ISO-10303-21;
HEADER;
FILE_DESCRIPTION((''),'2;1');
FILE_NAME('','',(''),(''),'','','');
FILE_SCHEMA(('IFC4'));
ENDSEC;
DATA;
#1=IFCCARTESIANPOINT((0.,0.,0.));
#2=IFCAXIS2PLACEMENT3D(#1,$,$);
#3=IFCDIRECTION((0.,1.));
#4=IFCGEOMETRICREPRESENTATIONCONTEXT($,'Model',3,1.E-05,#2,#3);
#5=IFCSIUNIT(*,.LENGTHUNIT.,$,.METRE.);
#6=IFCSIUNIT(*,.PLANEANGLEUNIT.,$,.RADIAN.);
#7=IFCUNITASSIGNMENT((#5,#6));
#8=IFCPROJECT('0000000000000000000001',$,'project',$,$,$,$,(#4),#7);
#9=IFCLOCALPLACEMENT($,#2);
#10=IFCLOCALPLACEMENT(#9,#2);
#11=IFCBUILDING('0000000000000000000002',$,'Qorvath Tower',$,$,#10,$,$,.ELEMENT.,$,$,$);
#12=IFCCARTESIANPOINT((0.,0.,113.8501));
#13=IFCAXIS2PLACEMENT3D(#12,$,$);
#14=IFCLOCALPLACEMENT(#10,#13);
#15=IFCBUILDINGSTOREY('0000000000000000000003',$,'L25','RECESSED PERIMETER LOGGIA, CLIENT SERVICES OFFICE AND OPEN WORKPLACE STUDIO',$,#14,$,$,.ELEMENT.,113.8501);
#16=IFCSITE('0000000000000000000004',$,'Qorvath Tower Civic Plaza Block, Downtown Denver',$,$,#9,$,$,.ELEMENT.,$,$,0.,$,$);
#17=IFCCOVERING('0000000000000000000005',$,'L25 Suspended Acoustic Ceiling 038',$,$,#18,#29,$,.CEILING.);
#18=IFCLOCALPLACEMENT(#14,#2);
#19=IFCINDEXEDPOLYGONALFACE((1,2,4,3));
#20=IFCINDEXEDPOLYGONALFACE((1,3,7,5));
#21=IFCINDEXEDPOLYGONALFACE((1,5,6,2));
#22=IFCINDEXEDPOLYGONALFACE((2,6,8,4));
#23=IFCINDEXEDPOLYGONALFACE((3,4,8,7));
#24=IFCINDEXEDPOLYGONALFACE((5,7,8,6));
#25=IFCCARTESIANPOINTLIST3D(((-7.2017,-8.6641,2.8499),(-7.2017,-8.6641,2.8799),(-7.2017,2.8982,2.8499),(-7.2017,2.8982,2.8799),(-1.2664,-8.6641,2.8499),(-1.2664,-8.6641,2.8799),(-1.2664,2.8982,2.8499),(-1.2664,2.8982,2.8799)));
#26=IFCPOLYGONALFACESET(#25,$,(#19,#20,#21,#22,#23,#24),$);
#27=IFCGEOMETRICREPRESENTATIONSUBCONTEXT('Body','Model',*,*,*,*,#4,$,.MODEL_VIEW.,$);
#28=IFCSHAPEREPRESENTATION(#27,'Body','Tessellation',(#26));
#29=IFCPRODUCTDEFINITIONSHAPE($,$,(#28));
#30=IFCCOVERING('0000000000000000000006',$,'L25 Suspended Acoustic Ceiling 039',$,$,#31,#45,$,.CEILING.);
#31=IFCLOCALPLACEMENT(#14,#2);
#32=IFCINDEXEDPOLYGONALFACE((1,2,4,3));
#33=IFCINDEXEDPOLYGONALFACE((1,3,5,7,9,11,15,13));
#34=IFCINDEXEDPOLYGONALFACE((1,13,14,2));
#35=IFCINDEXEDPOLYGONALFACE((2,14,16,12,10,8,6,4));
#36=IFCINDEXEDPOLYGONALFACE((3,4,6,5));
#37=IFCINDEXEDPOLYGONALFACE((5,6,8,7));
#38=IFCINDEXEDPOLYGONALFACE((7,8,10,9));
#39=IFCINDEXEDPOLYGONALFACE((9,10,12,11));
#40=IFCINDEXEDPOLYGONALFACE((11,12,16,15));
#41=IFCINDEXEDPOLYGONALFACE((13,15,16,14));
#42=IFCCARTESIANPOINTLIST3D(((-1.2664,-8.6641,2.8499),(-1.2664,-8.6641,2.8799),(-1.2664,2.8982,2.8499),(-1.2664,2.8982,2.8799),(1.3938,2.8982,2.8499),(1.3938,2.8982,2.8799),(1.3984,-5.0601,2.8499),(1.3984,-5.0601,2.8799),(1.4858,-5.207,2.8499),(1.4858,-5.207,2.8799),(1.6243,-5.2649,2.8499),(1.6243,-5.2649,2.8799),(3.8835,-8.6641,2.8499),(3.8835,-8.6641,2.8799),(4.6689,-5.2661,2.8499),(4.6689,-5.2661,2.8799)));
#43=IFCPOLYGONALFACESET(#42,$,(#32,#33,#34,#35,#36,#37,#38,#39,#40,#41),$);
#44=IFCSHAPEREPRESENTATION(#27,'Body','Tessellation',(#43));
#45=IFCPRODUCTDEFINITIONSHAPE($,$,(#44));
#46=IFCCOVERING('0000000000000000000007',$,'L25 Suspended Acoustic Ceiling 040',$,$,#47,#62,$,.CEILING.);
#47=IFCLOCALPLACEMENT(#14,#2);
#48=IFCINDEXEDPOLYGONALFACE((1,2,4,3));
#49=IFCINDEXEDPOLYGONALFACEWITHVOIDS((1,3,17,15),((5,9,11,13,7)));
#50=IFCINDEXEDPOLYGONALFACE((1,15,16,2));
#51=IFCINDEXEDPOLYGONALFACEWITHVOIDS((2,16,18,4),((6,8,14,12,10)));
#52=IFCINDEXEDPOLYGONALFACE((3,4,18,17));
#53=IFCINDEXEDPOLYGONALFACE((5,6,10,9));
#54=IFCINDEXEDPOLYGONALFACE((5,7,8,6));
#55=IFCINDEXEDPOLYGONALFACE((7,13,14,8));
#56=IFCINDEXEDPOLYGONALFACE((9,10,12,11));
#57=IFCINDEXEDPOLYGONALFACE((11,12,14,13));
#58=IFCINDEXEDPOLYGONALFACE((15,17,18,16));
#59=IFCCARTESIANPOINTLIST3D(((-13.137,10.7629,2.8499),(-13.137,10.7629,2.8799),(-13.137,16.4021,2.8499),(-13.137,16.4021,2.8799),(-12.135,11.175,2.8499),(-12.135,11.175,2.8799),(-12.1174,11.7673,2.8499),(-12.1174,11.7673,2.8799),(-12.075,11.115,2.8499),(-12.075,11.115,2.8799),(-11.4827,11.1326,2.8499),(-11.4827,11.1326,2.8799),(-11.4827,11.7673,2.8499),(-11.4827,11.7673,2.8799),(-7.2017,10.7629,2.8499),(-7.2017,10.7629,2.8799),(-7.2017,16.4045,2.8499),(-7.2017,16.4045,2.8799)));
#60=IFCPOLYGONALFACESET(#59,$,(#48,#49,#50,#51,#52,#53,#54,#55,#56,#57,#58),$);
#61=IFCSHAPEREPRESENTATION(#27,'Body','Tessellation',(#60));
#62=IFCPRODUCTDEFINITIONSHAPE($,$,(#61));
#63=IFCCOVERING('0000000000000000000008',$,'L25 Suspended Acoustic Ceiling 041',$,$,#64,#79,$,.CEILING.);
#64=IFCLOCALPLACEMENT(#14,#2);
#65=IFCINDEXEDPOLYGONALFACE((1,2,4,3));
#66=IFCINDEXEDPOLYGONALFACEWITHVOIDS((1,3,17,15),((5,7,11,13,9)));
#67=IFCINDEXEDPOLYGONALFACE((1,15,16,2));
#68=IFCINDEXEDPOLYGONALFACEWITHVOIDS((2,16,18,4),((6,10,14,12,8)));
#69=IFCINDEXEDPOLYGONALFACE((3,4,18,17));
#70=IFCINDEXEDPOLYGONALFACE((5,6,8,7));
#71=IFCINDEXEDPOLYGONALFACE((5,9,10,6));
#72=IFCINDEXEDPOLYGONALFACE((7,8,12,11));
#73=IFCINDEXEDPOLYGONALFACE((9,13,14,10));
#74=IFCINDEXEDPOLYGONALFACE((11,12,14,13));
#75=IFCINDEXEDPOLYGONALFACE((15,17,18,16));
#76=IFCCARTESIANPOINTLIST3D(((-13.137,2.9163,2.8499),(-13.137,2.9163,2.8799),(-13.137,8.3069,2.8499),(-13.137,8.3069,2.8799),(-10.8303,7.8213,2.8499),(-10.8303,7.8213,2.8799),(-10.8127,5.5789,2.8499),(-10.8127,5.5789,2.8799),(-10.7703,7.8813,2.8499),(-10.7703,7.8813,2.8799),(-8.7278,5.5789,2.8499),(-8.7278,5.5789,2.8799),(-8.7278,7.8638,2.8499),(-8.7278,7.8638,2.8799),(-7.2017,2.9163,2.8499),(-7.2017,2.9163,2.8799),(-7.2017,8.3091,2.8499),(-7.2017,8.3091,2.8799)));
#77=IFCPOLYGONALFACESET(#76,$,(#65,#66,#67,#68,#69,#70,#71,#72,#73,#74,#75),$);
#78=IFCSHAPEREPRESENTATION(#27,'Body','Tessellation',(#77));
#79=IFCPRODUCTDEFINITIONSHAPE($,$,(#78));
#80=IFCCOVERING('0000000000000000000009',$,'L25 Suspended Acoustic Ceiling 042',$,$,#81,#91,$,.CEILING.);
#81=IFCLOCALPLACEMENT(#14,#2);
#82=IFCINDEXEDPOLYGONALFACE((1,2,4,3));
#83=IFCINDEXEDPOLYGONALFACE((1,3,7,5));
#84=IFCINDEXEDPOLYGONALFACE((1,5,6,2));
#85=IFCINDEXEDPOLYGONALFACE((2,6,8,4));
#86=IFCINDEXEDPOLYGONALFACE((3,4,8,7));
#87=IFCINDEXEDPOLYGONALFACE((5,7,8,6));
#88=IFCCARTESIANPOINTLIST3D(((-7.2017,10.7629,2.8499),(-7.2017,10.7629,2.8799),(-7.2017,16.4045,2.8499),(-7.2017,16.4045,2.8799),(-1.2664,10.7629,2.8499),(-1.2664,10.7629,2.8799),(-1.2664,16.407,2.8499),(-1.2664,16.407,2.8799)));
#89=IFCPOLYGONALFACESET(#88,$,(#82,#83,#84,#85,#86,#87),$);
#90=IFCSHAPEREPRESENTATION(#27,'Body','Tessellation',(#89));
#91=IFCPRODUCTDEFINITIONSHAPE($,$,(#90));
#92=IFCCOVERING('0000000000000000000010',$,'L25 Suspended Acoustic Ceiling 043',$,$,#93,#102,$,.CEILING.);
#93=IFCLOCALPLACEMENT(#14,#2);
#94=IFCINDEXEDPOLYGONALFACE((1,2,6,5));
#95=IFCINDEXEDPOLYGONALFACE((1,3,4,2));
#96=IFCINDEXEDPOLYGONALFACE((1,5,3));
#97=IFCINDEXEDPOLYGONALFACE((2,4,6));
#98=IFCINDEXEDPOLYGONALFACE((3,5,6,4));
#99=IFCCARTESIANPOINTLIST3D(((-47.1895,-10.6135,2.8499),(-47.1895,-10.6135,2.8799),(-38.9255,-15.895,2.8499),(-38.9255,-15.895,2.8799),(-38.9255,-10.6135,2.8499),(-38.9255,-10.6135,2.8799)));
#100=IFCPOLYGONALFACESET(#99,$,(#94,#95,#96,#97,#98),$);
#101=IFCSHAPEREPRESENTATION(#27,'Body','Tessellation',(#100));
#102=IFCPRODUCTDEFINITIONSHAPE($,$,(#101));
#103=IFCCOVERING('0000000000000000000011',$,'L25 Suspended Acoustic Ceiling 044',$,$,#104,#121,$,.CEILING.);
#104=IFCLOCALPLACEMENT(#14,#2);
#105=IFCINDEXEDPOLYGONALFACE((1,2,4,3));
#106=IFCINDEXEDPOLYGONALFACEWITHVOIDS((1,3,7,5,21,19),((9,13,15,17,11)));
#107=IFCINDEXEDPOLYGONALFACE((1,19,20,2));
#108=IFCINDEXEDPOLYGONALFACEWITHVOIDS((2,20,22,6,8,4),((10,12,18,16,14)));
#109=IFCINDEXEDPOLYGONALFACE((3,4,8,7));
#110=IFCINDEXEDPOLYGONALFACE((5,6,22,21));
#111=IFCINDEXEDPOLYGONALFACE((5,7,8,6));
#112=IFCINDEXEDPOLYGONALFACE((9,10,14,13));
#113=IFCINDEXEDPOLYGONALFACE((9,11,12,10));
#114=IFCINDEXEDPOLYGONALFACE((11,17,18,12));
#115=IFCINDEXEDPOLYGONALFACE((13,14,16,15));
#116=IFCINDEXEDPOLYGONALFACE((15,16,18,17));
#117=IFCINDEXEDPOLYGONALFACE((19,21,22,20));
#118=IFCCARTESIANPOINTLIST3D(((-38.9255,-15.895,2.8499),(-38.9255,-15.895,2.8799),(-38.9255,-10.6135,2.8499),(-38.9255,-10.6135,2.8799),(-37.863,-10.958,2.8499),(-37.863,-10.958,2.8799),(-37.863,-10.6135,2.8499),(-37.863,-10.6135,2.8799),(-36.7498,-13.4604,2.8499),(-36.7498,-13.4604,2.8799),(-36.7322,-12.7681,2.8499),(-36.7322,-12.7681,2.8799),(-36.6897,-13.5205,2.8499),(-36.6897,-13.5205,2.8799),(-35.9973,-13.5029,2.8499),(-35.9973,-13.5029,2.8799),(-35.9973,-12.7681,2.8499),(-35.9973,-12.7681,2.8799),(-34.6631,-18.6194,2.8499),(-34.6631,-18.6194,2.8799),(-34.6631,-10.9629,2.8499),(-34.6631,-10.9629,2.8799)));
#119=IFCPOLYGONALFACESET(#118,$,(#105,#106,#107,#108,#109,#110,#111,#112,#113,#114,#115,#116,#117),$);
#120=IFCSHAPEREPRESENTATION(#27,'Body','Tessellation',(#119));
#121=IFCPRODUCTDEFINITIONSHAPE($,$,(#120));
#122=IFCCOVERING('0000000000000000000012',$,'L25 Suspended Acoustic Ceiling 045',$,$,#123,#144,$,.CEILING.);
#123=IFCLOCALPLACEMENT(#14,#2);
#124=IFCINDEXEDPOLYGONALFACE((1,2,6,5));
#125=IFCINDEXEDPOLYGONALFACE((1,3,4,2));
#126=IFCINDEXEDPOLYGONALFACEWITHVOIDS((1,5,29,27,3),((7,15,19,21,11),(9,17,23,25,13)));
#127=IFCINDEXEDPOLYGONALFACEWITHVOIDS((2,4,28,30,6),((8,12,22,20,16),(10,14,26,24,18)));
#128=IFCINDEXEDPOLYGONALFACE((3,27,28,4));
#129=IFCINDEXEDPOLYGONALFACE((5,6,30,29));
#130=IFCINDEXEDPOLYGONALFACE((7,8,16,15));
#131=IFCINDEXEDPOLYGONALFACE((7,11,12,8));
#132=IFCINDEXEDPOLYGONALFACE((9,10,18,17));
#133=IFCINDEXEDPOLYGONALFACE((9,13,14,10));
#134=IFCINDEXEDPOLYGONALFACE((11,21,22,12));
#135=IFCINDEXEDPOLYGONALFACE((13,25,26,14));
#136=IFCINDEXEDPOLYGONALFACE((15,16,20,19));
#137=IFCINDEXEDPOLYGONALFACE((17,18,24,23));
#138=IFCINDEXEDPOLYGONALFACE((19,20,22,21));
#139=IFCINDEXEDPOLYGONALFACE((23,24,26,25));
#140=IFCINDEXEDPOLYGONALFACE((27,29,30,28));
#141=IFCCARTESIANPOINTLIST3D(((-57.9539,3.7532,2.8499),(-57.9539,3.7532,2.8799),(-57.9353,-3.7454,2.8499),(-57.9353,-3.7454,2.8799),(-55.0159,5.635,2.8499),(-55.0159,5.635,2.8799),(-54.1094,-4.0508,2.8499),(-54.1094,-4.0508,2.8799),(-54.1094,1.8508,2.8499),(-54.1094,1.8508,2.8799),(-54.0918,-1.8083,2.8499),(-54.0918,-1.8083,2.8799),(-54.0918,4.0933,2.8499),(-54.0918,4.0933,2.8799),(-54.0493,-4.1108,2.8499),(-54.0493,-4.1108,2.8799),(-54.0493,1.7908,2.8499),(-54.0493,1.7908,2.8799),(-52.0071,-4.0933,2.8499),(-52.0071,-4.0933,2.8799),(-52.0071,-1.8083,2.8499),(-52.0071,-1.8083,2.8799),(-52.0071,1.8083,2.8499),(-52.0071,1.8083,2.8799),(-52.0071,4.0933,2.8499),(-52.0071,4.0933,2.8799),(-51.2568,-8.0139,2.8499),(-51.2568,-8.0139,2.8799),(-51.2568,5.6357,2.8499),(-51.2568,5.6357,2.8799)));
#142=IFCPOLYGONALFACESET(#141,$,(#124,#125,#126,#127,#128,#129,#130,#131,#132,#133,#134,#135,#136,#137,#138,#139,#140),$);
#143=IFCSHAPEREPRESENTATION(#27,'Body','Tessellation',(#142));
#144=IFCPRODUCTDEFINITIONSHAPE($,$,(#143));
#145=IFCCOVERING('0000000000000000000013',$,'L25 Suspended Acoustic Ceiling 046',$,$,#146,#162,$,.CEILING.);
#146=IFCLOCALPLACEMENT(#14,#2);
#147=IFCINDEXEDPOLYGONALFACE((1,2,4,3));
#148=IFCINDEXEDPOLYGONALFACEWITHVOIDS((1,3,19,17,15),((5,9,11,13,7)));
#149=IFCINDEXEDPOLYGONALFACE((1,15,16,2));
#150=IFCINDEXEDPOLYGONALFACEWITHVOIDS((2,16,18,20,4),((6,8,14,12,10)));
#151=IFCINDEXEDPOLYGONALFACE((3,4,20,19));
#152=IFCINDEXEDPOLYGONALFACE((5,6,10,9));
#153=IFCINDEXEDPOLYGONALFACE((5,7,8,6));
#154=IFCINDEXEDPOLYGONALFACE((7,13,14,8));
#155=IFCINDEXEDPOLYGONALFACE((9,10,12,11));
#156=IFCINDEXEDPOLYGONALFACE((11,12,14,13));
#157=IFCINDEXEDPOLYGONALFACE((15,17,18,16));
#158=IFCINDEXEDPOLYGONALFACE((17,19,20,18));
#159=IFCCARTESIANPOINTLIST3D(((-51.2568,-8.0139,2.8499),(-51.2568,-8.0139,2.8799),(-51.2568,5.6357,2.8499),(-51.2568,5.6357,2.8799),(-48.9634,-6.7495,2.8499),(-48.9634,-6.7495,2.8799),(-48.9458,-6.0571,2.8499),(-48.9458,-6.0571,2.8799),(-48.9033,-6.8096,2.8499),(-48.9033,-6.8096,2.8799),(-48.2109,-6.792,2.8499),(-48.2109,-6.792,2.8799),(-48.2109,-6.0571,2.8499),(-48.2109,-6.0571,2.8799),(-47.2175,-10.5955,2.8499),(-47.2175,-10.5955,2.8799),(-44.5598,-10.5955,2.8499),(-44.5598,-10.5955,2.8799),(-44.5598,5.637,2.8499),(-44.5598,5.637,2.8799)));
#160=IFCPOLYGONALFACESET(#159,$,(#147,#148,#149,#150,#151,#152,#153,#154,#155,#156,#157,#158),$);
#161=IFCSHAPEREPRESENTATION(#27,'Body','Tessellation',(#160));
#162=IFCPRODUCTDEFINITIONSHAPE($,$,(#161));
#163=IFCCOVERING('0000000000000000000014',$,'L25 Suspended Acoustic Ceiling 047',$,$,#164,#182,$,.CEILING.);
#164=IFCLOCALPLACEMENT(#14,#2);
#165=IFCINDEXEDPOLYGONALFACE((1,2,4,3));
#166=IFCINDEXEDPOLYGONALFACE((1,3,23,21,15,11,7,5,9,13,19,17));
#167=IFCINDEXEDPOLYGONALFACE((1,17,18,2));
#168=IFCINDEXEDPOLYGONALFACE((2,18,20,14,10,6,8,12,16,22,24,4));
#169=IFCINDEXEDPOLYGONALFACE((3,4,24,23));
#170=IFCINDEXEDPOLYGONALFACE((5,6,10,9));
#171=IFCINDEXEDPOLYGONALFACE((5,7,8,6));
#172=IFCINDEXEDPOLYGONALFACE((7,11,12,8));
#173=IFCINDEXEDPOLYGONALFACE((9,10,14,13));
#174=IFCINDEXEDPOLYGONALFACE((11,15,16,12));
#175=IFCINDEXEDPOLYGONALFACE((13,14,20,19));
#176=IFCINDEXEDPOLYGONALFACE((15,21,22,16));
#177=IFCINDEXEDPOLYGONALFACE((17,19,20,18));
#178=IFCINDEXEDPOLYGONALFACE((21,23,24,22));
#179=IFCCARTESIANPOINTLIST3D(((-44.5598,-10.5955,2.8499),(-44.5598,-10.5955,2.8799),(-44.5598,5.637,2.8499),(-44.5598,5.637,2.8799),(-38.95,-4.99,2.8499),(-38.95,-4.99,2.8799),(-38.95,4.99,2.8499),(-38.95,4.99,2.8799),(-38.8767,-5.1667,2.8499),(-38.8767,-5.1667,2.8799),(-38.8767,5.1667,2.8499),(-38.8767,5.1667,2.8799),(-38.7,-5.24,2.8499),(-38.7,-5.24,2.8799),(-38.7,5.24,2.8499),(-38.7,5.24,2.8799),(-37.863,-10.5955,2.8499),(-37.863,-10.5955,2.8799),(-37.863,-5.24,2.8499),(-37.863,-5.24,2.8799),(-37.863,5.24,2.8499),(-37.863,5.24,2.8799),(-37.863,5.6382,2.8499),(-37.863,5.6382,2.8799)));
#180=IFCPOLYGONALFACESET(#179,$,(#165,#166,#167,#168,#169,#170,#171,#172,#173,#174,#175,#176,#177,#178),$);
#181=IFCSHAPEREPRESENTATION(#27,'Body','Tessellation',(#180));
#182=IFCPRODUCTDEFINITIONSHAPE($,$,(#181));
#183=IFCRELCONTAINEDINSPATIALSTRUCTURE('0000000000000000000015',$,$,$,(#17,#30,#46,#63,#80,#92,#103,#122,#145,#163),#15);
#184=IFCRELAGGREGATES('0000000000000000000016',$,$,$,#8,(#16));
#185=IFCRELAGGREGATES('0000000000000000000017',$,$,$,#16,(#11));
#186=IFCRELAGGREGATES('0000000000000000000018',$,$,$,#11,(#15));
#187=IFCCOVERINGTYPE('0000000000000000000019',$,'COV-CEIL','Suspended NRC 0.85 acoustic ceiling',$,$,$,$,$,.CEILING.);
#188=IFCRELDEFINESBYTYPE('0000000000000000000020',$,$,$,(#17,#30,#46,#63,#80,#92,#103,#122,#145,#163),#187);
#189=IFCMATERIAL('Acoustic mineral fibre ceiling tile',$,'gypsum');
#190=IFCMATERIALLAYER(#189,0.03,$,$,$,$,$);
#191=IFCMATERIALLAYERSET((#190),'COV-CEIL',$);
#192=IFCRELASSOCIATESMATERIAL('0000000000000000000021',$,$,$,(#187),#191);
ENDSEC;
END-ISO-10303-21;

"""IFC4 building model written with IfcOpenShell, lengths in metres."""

from ifc_helpers import new_model, si_unit, direction, frame, origin, place, context, subcontext, project, spatial, polyline, outline, extrude, material, layer, layer_set, type_object, element, save


model = new_model("IFC4")

# Units and contexts
model_context = context("Model", 3, precision=1e-05, world=origin(), true_north=direction((0.0, 1.0)))
body_context = subcontext(model_context, "Body", "Model", "MODEL_VIEW")
ifc_project = project(units=[si_unit("LENGTHUNIT", "METRE"), si_unit("PLANEANGLEUNIT", "RADIAN")], contexts=[model_context])

# Site, building, storey
site_placement = place(None, origin())
site = spatial("IfcSite", under=ifc_project, at=site_placement, Name="Qorvath Tower Civic Plaza Block, Downtown Denver", CompositionType="ELEMENT", RefElevation=0.0)
building_placement = place(site_placement, origin())
building = spatial("IfcBuilding", under=site, at=building_placement, Name="Qorvath Tower", CompositionType="ELEMENT")
storey_placement = place(building_placement, frame((0.0, 0.0, 113.8501)))
storey = spatial("IfcBuildingStorey", under=building, at=storey_placement, Name="L25", Description="RECESSED PERIMETER LOGGIA, CLIENT SERVICES OFFICE AND OPEN WORKPLACE STUDIO", CompositionType="ELEMENT", Elevation=113.8501)

# Coverings
ifc_material_1 = material(Name="Acoustic mineral fibre ceiling tile", Category="gypsum")
ifc_layer_1 = layer(ifc_material_1, 0.03)
ifc_layer_set_1 = layer_set([ifc_layer_1], Name="COV-CEIL")
covering_type_1 = type_object("IfcCoveringType", Name="COV-CEIL", Description="Suspended NRC 0.85 acoustic ceiling", PredefinedType="CEILING", material=ifc_layer_set_1)
covering_1_placement = place(storey_placement, frame((0.0, 0.0, 2.8499)))
element("IfcCovering", 1, at=covering_1_placement, inside=storey, type_object=covering_type_1, Name="L25 Suspended Acoustic Ceiling 038", PredefinedType="CEILING", context=body_context, shape_type="SweptSolid", body=[
    extrude(outline(polyline([(-1.2664, -8.6641), (-1.2664, 2.8982), (-7.2017, 2.8982), (-7.2017, -8.6641), (-1.2664, -8.6641)])), origin(), (0.0, 0.0, 1.0), 0.03),
])
covering_2_placement = place(storey_placement, frame((0.0, 0.0, 2.8499)))
element("IfcCovering", 2, at=covering_2_placement, inside=storey, type_object=covering_type_1, Name="L25 Suspended Acoustic Ceiling 039", PredefinedType="CEILING", context=body_context, shape_type="SweptSolid", body=[
    extrude(outline(polyline([(1.4858, -5.207), (1.3984, -5.0601), (1.3938, 2.8982), (-1.2664, 2.8982), (-1.2664, -8.6641), (3.8835, -8.6641), (4.6689, -5.2661), (1.6243, -5.2649), (1.4858, -5.207)])), origin(), (0.0, 0.0, 1.0), 0.03),
])
covering_3_placement = place(storey_placement, frame((0.0, 0.0, 2.8499)))
element("IfcCovering", 3, at=covering_3_placement, inside=storey, type_object=covering_type_1, Name="L25 Suspended Acoustic Ceiling 040", PredefinedType="CEILING", context=body_context, shape_type="SweptSolid", body=[
    extrude(outline(polyline([(-7.2017, 10.7629), (-7.2017, 16.4045), (-13.137, 16.4021), (-13.137, 10.7629), (-7.2017, 10.7629)]), holes=[polyline([(-12.135, 11.175), (-12.1174, 11.7673), (-11.4827, 11.7673), (-11.4827, 11.1326), (-12.075, 11.115), (-12.135, 11.175)])]), origin(), (0.0, 0.0, 1.0), 0.03),
])
covering_4_placement = place(storey_placement, frame((0.0, 0.0, 2.8499)))
element("IfcCovering", 4, at=covering_4_placement, inside=storey, type_object=covering_type_1, Name="L25 Suspended Acoustic Ceiling 041", PredefinedType="CEILING", context=body_context, shape_type="SweptSolid", body=[
    extrude(outline(polyline([(-7.2017, 2.9163), (-7.2017, 8.3091), (-13.137, 8.3069), (-13.137, 2.9163), (-7.2017, 2.9163)]), holes=[polyline([(-10.8303, 7.8213), (-10.7703, 7.8813), (-8.7278, 7.8638), (-8.7278, 5.5789), (-10.8127, 5.5789), (-10.8303, 7.8213)])]), origin(), (0.0, 0.0, 1.0), 0.03),
])
covering_5_placement = place(storey_placement, frame((0.0, 0.0, 2.8499)))
element("IfcCovering", 5, at=covering_5_placement, inside=storey, type_object=covering_type_1, Name="L25 Suspended Acoustic Ceiling 042", PredefinedType="CEILING", context=body_context, shape_type="SweptSolid", body=[
    extrude(outline(polyline([(-1.2664, 10.7629), (-1.2664, 16.407), (-7.2017, 16.4045), (-7.2017, 10.7629), (-1.2664, 10.7629)])), origin(), (0.0, 0.0, 1.0), 0.03),
])
covering_6_placement = place(storey_placement, frame((0.0, 0.0, 2.8499)))
element("IfcCovering", 6, at=covering_6_placement, inside=storey, type_object=covering_type_1, Name="L25 Suspended Acoustic Ceiling 043", PredefinedType="CEILING", context=body_context, shape_type="SweptSolid", body=[
    extrude(outline(polyline([(-38.9255, -15.895), (-38.9255, -10.6135), (-47.1895, -10.6135), (-38.9255, -15.895)])), origin(), (0.0, 0.0, 1.0), 0.03),
])
covering_7_placement = place(storey_placement, frame((0.0, 0.0, 2.8499)))
element("IfcCovering", 7, at=covering_7_placement, inside=storey, type_object=covering_type_1, Name="L25 Suspended Acoustic Ceiling 044", PredefinedType="CEILING", context=body_context, shape_type="SweptSolid", body=[
    extrude(outline(polyline([(-37.863, -10.958), (-37.863, -10.6135), (-38.9255, -10.6135), (-38.9255, -15.895), (-34.6631, -18.6194), (-34.6631, -10.9629), (-37.863, -10.958)]), holes=[polyline([(-36.7498, -13.4604), (-36.7322, -12.7681), (-35.9973, -12.7681), (-35.9973, -13.5029), (-36.6897, -13.5205), (-36.7498, -13.4604)])]), origin(), (0.0, 0.0, 1.0), 0.03),
])
covering_8_placement = place(storey_placement, frame((0.0, 0.0, 2.8499)))
element("IfcCovering", 8, at=covering_8_placement, inside=storey, type_object=covering_type_1, Name="L25 Suspended Acoustic Ceiling 045", PredefinedType="CEILING", context=body_context, shape_type="SweptSolid", body=[
    extrude(outline(polyline([(-55.0159, 5.635), (-57.9539, 3.7532), (-57.9353, -3.7454), (-51.2568, -8.0139), (-51.2568, 5.6357), (-55.0159, 5.635)]), holes=[polyline([(-54.1094, -4.0508), (-54.0918, -1.8083), (-52.0071, -1.8083), (-52.0071, -4.0933), (-54.0493, -4.1108), (-54.1094, -4.0508)]), polyline([(-54.1094, 1.8508), (-54.0918, 4.0933), (-52.0071, 4.0933), (-52.0071, 1.8083), (-54.0493, 1.7908), (-54.1094, 1.8508)])]), origin(), (0.0, 0.0, 1.0), 0.03),
])
covering_9_placement = place(storey_placement, frame((0.0, 0.0, 2.8499)))
element("IfcCovering", 9, at=covering_9_placement, inside=storey, type_object=covering_type_1, Name="L25 Suspended Acoustic Ceiling 046", PredefinedType="CEILING", context=body_context, shape_type="SweptSolid", body=[
    extrude(outline(polyline([(-51.2568, 5.6357), (-51.2568, -8.0139), (-47.2175, -10.5955), (-44.5598, -10.5955), (-44.5598, 5.637), (-51.2568, 5.6357)]), holes=[polyline([(-48.9634, -6.7495), (-48.9458, -6.0571), (-48.2109, -6.0571), (-48.2109, -6.792), (-48.9033, -6.8096), (-48.9634, -6.7495)])]), origin(), (0.0, 0.0, 1.0), 0.03),
])
covering_10_placement = place(storey_placement, frame((0.0, 0.0, 2.8499)))
element("IfcCovering", 10, at=covering_10_placement, inside=storey, type_object=covering_type_1, Name="L25 Suspended Acoustic Ceiling 047", PredefinedType="CEILING", context=body_context, shape_type="SweptSolid", body=[
    extrude(outline(polyline([(-44.5598, 5.637), (-44.5598, -10.5955), (-37.863, -10.5955), (-37.863, -5.24), (-38.7, -5.24), (-38.8767, -5.1667), (-38.95, -4.99), (-38.95, 4.99), (-38.8767, 5.1667), (-38.7, 5.24), (-37.863, 5.24), (-37.863, 5.6382), (-44.5598, 5.637)])), origin(), (0.0, 0.0, 1.0), 0.03),
])

save(model, "model.ifc")
